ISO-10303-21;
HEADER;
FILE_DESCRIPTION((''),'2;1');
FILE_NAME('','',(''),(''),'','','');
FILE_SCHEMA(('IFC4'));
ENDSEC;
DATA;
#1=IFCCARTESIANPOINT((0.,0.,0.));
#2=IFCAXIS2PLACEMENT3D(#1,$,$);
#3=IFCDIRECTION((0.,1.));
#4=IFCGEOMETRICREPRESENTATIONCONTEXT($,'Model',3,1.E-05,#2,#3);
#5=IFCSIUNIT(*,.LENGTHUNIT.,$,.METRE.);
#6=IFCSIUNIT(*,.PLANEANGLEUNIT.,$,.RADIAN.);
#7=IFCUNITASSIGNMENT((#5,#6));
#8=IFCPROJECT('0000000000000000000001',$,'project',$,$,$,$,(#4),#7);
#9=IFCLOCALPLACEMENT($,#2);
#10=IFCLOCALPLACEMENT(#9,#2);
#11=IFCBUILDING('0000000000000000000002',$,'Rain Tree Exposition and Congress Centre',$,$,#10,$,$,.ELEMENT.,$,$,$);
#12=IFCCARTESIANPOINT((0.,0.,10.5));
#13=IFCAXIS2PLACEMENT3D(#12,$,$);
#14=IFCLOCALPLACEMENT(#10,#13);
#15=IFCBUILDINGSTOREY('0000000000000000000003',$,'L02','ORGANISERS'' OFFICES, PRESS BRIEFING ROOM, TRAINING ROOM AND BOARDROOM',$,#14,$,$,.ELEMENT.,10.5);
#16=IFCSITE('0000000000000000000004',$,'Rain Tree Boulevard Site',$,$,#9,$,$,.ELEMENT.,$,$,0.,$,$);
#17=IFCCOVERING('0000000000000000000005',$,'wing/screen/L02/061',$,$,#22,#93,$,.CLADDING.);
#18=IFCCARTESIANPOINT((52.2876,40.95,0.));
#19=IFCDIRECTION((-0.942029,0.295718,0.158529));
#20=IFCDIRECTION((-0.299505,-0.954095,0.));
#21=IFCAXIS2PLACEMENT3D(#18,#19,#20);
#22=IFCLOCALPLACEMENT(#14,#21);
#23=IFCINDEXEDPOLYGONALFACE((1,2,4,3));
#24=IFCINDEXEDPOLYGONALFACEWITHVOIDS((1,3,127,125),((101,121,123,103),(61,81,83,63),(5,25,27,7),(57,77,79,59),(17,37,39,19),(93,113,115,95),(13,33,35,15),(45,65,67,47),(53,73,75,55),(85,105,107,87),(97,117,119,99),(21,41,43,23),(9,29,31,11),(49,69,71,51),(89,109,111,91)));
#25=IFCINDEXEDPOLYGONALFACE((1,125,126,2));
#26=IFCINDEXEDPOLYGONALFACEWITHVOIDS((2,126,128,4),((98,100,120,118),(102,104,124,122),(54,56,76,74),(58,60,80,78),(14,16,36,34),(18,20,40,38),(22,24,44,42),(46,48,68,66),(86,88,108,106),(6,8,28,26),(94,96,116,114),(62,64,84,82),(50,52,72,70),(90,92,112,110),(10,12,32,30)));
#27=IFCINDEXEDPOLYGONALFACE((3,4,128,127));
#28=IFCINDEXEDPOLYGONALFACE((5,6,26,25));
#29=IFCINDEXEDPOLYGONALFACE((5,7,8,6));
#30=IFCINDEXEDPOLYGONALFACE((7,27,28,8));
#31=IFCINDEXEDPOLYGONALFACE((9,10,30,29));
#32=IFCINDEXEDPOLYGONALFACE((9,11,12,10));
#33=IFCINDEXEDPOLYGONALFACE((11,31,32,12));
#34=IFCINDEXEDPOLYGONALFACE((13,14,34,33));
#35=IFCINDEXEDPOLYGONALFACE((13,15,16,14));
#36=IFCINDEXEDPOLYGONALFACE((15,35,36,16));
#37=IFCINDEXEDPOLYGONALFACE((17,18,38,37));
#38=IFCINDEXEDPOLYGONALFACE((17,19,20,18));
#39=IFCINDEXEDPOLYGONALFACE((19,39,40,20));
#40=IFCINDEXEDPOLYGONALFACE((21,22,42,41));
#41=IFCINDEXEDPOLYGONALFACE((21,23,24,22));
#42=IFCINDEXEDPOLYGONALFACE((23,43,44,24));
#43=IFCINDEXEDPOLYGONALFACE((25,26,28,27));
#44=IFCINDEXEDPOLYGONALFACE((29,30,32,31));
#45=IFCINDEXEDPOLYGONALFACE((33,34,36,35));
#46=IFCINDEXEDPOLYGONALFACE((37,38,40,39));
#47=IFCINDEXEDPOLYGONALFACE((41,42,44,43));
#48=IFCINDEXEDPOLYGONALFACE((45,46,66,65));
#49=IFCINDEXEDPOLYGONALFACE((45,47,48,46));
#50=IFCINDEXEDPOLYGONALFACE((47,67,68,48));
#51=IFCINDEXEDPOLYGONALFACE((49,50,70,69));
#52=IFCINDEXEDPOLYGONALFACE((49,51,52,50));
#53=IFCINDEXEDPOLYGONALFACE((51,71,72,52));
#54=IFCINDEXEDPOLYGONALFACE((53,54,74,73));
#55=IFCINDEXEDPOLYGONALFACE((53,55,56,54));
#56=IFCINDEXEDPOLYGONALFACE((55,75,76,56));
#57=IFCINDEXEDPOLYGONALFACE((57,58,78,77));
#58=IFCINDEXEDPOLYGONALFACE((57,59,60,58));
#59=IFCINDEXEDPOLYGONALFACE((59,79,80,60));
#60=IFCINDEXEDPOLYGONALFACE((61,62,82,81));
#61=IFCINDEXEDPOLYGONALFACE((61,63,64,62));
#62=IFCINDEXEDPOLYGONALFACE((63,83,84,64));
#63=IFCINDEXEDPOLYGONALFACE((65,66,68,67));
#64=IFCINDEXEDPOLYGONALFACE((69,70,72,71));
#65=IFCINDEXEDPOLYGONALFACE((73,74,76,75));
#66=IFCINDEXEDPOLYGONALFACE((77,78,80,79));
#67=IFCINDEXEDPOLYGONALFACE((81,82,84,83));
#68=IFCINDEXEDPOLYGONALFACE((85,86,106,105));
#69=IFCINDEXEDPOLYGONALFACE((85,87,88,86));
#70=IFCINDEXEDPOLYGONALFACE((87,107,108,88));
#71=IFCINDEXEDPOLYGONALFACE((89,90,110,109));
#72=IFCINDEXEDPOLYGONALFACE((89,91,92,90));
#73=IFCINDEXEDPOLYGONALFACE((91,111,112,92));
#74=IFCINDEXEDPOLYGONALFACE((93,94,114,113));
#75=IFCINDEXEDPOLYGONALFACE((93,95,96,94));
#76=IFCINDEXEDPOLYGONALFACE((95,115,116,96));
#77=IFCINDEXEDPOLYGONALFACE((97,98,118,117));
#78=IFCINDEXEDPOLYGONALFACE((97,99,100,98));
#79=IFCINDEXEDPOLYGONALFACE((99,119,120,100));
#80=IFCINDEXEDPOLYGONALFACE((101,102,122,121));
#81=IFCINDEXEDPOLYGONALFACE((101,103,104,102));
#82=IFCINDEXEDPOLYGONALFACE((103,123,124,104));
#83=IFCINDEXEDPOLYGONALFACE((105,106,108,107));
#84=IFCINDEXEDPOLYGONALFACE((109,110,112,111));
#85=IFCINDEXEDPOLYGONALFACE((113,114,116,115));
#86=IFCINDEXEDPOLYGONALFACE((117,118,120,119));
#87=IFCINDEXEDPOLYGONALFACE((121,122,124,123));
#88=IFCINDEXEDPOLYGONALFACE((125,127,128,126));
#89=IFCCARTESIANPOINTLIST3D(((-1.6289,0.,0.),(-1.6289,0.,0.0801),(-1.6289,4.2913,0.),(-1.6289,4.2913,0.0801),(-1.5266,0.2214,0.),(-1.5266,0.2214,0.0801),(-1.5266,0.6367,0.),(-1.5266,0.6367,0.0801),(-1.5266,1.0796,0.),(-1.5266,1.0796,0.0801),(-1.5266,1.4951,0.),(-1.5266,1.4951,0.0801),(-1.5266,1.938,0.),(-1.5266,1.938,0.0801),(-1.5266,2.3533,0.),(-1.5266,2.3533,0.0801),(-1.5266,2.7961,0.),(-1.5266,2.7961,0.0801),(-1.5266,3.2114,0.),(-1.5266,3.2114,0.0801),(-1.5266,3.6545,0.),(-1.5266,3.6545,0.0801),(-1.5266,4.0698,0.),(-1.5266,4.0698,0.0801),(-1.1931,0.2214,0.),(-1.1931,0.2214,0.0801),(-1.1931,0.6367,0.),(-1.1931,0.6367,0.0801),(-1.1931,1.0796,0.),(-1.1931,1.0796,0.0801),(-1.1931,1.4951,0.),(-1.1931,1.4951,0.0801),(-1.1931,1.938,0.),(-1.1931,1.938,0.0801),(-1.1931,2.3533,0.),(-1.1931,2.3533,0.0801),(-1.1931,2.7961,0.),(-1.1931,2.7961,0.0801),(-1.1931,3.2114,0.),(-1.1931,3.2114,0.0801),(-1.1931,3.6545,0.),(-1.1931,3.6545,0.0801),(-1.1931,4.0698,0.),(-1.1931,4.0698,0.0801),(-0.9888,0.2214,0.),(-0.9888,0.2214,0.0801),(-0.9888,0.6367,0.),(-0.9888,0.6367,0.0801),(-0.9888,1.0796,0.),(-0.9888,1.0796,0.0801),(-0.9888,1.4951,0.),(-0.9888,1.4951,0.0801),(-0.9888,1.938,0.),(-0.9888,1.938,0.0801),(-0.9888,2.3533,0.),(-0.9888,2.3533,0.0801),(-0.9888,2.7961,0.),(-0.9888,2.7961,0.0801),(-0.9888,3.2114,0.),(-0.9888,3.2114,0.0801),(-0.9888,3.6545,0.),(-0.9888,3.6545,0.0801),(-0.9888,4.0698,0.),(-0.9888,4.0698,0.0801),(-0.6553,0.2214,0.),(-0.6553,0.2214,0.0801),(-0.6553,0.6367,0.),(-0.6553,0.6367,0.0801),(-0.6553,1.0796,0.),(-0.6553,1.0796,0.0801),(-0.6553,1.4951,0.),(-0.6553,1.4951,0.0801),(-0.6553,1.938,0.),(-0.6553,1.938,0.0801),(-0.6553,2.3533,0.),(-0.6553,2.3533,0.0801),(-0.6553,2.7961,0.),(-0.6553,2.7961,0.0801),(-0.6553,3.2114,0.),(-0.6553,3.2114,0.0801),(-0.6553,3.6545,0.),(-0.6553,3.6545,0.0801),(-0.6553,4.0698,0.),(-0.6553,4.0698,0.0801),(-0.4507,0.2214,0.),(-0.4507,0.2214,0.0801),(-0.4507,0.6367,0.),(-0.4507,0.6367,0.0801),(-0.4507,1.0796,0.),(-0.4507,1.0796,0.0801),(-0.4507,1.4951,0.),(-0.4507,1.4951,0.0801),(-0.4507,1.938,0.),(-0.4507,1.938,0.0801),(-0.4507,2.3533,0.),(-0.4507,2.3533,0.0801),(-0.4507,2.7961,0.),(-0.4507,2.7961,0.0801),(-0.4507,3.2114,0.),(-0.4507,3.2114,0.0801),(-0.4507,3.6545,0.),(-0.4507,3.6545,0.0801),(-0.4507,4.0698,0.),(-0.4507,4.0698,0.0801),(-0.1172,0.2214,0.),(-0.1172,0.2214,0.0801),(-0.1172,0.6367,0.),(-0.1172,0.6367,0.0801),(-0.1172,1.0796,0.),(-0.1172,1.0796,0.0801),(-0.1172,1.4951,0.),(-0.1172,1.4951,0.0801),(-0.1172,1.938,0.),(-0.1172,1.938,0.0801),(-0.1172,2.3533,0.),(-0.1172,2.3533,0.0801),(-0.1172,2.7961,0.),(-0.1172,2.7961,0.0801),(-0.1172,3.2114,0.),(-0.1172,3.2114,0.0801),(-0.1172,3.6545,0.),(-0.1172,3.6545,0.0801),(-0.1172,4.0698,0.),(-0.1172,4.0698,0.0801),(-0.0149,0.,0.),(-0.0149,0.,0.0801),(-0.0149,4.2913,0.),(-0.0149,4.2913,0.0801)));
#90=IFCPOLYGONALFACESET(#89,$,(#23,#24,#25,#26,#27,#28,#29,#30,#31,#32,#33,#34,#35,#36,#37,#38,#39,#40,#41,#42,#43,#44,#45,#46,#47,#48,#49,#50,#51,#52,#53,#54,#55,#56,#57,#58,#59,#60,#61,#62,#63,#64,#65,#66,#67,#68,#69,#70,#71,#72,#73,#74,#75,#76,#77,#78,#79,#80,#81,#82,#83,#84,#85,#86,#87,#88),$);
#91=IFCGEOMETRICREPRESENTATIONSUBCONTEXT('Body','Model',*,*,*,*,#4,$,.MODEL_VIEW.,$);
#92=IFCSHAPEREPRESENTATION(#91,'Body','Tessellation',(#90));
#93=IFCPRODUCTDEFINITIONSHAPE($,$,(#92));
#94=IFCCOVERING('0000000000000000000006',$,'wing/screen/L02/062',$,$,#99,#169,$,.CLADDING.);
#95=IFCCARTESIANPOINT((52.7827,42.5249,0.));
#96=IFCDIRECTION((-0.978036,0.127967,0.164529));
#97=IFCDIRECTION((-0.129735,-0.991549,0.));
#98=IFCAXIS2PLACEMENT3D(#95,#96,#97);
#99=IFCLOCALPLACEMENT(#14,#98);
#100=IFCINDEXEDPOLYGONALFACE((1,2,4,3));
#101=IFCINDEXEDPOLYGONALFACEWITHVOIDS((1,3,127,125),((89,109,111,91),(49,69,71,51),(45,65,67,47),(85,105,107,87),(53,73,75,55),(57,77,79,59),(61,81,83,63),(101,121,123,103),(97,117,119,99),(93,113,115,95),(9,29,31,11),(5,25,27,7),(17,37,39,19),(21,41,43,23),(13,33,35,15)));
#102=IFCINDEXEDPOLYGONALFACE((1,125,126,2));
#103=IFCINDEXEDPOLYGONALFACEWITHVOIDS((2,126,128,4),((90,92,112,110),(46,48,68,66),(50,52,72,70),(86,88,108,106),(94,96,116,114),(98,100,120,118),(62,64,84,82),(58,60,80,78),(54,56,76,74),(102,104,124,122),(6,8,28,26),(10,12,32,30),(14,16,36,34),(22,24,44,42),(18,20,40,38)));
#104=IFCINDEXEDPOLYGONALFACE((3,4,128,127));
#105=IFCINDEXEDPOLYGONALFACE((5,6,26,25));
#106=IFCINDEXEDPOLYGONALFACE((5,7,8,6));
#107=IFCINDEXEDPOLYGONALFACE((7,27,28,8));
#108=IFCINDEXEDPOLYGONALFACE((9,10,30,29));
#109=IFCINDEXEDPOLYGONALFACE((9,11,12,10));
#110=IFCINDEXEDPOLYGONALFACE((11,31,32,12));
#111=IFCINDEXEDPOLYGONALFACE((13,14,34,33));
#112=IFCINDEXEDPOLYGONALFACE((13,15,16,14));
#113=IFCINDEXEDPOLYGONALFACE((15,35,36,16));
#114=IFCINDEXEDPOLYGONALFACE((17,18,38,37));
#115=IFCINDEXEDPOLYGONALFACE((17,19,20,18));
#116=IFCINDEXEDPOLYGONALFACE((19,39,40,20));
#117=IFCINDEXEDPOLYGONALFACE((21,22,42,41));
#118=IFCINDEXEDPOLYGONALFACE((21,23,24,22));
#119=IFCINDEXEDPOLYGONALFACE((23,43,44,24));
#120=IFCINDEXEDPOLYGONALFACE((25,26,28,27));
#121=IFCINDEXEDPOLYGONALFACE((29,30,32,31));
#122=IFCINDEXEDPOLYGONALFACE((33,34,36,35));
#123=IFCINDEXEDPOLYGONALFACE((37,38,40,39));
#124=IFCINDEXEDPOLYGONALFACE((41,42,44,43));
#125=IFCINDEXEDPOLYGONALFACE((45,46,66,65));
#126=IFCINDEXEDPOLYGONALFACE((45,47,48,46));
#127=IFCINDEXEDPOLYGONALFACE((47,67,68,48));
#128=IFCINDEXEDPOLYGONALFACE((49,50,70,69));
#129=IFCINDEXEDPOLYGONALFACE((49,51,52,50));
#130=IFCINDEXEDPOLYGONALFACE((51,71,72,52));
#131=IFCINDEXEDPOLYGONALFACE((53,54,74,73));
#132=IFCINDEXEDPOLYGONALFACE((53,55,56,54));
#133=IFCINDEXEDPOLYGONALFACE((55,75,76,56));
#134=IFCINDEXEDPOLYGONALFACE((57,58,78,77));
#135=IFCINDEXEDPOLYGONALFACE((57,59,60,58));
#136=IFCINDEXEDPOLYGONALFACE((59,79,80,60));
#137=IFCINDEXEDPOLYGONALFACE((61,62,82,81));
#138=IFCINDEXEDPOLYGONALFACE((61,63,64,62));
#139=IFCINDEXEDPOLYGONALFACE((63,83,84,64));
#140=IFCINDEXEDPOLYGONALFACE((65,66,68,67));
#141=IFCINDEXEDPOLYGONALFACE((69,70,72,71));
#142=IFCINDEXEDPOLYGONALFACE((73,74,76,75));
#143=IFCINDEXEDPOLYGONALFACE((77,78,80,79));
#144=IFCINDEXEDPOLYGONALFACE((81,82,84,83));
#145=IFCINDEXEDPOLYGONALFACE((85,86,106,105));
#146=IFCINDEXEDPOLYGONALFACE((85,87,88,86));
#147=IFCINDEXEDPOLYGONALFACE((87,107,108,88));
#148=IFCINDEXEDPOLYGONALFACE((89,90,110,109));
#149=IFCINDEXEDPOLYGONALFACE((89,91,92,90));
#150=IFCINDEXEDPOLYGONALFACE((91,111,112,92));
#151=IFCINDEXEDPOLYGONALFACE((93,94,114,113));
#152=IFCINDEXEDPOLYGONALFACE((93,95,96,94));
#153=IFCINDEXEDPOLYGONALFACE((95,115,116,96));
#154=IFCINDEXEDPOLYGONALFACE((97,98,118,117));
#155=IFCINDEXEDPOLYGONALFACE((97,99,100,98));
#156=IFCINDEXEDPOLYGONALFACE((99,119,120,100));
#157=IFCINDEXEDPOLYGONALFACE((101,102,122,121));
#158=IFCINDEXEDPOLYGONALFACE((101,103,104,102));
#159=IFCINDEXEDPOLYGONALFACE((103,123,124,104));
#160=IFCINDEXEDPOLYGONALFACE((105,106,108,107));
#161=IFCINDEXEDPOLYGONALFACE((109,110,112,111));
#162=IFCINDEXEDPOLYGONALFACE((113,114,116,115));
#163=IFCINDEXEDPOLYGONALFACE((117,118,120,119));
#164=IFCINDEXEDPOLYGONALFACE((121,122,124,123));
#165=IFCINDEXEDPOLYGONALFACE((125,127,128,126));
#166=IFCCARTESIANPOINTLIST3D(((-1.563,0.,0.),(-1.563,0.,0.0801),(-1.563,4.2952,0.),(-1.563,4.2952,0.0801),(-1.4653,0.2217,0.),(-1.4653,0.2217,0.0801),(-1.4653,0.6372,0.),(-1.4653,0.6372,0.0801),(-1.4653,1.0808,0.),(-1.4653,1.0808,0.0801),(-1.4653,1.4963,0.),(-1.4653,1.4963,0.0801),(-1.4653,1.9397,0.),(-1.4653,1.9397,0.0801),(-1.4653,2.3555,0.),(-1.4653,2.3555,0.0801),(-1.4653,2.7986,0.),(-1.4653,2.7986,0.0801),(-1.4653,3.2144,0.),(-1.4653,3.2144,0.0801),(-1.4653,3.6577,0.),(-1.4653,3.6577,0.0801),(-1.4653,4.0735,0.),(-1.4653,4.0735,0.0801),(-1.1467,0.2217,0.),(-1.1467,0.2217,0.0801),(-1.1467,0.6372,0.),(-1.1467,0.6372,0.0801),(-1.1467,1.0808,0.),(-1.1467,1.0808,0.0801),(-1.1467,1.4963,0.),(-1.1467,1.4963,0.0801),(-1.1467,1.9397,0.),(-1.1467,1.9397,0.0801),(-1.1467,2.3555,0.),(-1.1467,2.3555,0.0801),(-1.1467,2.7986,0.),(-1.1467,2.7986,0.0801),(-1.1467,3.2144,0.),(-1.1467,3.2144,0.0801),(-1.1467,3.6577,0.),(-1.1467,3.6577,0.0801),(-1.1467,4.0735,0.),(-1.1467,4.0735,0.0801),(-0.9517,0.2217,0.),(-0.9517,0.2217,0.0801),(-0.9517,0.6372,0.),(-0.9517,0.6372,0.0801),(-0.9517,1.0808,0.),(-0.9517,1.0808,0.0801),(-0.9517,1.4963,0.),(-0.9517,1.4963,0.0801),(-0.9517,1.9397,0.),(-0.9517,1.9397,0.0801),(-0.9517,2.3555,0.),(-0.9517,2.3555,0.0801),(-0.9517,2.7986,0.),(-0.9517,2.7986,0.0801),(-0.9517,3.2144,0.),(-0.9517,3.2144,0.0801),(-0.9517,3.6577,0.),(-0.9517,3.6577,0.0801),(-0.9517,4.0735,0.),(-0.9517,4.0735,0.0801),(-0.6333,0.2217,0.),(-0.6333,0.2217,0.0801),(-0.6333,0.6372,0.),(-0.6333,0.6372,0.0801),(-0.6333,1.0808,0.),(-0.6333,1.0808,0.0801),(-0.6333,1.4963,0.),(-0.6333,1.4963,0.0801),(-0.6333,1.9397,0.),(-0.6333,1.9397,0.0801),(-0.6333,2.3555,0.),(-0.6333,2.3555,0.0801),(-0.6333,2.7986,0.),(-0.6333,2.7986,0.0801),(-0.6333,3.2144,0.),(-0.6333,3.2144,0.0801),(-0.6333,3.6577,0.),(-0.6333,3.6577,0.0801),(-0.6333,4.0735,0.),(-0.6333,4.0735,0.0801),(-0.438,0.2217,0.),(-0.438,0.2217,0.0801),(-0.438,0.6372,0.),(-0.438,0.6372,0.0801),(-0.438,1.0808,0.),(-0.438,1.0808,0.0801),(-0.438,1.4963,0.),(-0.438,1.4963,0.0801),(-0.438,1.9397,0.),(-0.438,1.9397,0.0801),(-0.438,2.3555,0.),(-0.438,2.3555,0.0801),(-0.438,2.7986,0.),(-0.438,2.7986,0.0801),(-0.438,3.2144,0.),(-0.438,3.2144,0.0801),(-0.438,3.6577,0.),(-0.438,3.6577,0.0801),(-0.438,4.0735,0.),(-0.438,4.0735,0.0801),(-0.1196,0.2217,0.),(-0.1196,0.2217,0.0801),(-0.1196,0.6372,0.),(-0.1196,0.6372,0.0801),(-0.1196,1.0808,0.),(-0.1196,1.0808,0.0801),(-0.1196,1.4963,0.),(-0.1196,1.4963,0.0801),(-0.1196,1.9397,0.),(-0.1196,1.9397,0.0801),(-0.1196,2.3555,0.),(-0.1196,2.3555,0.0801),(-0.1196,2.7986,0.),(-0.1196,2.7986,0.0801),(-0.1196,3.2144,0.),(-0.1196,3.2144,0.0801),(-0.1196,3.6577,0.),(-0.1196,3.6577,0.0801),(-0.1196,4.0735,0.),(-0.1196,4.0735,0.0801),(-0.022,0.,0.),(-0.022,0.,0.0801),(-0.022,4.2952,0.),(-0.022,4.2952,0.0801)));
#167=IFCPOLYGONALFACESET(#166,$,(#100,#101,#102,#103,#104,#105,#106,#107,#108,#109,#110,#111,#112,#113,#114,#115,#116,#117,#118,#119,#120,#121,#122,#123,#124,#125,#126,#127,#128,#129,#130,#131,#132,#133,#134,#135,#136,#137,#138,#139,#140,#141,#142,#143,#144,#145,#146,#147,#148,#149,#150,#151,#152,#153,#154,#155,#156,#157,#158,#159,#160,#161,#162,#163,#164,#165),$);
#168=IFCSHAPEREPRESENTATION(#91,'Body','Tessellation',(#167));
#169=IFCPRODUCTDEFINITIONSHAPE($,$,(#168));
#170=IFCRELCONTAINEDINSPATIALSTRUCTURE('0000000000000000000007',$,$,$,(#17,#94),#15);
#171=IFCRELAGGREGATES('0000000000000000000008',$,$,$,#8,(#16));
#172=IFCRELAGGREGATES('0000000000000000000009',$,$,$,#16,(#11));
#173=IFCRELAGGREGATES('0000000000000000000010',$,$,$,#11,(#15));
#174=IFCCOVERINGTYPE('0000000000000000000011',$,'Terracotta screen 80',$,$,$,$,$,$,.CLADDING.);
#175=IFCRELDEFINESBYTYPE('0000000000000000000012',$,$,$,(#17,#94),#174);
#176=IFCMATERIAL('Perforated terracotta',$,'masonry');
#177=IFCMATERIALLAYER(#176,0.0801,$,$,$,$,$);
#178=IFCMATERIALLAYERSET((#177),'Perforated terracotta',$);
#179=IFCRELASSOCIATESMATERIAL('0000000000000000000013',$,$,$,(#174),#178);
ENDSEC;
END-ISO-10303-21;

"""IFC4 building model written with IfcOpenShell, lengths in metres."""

from ifc_helpers import new_model, si_unit, direction, frame, origin, place, context, subcontext, project, spatial, polyline, outline, extrude, material, layer, layer_set, type_object, element, save


model = new_model("IFC4")

# Units and contexts
model_context = context("Model", 3, precision=1e-05, world=origin(), true_north=direction((0.0, 1.0)))
body_context = subcontext(model_context, "Body", "Model", "MODEL_VIEW")
ifc_project = project(units=[si_unit("LENGTHUNIT", "METRE"), si_unit("PLANEANGLEUNIT", "RADIAN")], contexts=[model_context])

# Site, building, storey
site_placement = place(None, origin())
site = spatial("IfcSite", under=ifc_project, at=site_placement, Name="Rain Tree Boulevard Site", CompositionType="ELEMENT", RefElevation=0.0)
building_placement = place(site_placement, origin())
building = spatial("IfcBuilding", under=site, at=building_placement, Name="Rain Tree Exposition and Congress Centre", CompositionType="ELEMENT")
storey_placement = place(building_placement, frame((0.0, 0.0, 10.5)))
storey = spatial("IfcBuildingStorey", under=building, at=storey_placement, Name="L02", Description="ORGANISERS' OFFICES, PRESS BRIEFING ROOM, TRAINING ROOM AND BOARDROOM", CompositionType="ELEMENT", Elevation=10.5)

# Coverings
ifc_material_1 = material(Name="Perforated terracotta", Category="masonry")
ifc_layer_1 = layer(ifc_material_1, 0.0801)
ifc_layer_set_1 = layer_set([ifc_layer_1], Name="Perforated terracotta")
covering_type = type_object("IfcCoveringType", Name="Terracotta screen 80", PredefinedType="CLADDING", material=ifc_layer_set_1)
covering_1_placement = place(storey_placement, frame((52.2876, 40.95, 0.0), z_axis=(-0.942029, 0.295718, 0.158529), x_axis=(-0.299505, -0.954095, 0.0)))
element("IfcCovering", 1, at=covering_1_placement, inside=storey, type_object=covering_type, Name="wing/screen/L02/061", PredefinedType="CLADDING", context=body_context, shape_type="SweptSolid", body=[
    extrude(outline(polyline([(-1.6289, 0.0), (-1.6289, 4.2913), (-0.0149, 4.2913), (-0.0149, 0.0), (-1.6289, 0.0)]), holes=[polyline([(-0.1172, 0.2214), (-0.1172, 0.6367), (-0.4507, 0.6367), (-0.4507, 0.2214), (-0.1172, 0.2214)]), polyline([(-0.1172, 1.0796), (-0.1172, 1.4951), (-0.4507, 1.4951), (-0.4507, 1.0796), (-0.1172, 1.0796)]), polyline([(-0.1172, 1.938), (-0.1172, 2.3533), (-0.4507, 2.3533), (-0.4507, 1.938), (-0.1172, 1.938)]), polyline([(-0.1172, 2.7961), (-0.1172, 3.2114), (-0.4507, 3.2114), (-0.4507, 2.7961), (-0.1172, 2.7961)]), polyline([(-0.1172, 3.6545), (-0.1172, 4.0698), (-0.4507, 4.0698), (-0.4507, 3.6545), (-0.1172, 3.6545)]), polyline([(-0.6553, 0.2214), (-0.6553, 0.6367), (-0.9888, 0.6367), (-0.9888, 0.2214), (-0.6553, 0.2214)]), polyline([(-0.6553, 1.0796), (-0.6553, 1.4951), (-0.9888, 1.4951), (-0.9888, 1.0796), (-0.6553, 1.0796)]), polyline([(-0.6553, 1.938), (-0.6553, 2.3533), (-0.9888, 2.3533), (-0.9888, 1.938), (-0.6553, 1.938)]), polyline([(-0.6553, 2.7961), (-0.6553, 3.2114), (-0.9888, 3.2114), (-0.9888, 2.7961), (-0.6553, 2.7961)]), polyline([(-0.6553, 3.6545), (-0.6553, 4.0698), (-0.9888, 4.0698), (-0.9888, 3.6545), (-0.6553, 3.6545)]), polyline([(-1.1931, 0.2214), (-1.1931, 0.6367), (-1.5266, 0.6367), (-1.5266, 0.2214), (-1.1931, 0.2214)]), polyline([(-1.1931, 1.0796), (-1.1931, 1.4951), (-1.5266, 1.4951), (-1.5266, 1.0796), (-1.1931, 1.0796)]), polyline([(-1.1931, 1.938), (-1.1931, 2.3533), (-1.5266, 2.3533), (-1.5266, 1.938), (-1.1931, 1.938)]), polyline([(-1.1931, 2.7961), (-1.1931, 3.2114), (-1.5266, 3.2114), (-1.5266, 2.7961), (-1.1931, 2.7961)]), polyline([(-1.1931, 3.6545), (-1.1931, 4.0698), (-1.5266, 4.0698), (-1.5266, 3.6545), (-1.1931, 3.6545)])]), origin(), (0.0, 0.0, 1.0), 0.0801),
])
covering_2_placement = place(storey_placement, frame((52.7827, 42.5249, 0.0), z_axis=(-0.978036, 0.127967, 0.164529), x_axis=(-0.129735, -0.991549, 0.0)))
element("IfcCovering", 2, at=covering_2_placement, inside=storey, type_object=covering_type, Name="wing/screen/L02/062", PredefinedType="CLADDING", context=body_context, shape_type="SweptSolid", body=[
    extrude(outline(polyline([(-1.563, 0.0), (-1.563, 4.2952), (-0.022, 4.2952), (-0.022, 0.0), (-1.563, 0.0)]), holes=[polyline([(-0.1196, 0.2217), (-0.1196, 0.6372), (-0.438, 0.6372), (-0.438, 0.2217), (-0.1196, 0.2217)]), polyline([(-0.1196, 1.0808), (-0.1196, 1.4963), (-0.438, 1.4963), (-0.438, 1.0808), (-0.1196, 1.0808)]), polyline([(-0.1196, 1.9397), (-0.1196, 2.3555), (-0.438, 2.3555), (-0.438, 1.9397), (-0.1196, 1.9397)]), polyline([(-0.1196, 2.7986), (-0.1196, 3.2144), (-0.438, 3.2144), (-0.438, 2.7986), (-0.1196, 2.7986)]), polyline([(-0.1196, 3.6577), (-0.1196, 4.0735), (-0.438, 4.0735), (-0.438, 3.6577), (-0.1196, 3.6577)]), polyline([(-0.6333, 0.2217), (-0.6333, 0.6372), (-0.9517, 0.6372), (-0.9517, 0.2217), (-0.6333, 0.2217)]), polyline([(-0.6333, 1.0808), (-0.6333, 1.4963), (-0.9517, 1.4963), (-0.9517, 1.0808), (-0.6333, 1.0808)]), polyline([(-0.6333, 1.9397), (-0.6333, 2.3555), (-0.9517, 2.3555), (-0.9517, 1.9397), (-0.6333, 1.9397)]), polyline([(-0.6333, 2.7986), (-0.6333, 3.2144), (-0.9517, 3.2144), (-0.9517, 2.7986), (-0.6333, 2.7986)]), polyline([(-0.6333, 3.6577), (-0.6333, 4.0735), (-0.9517, 4.0735), (-0.9517, 3.6577), (-0.6333, 3.6577)]), polyline([(-1.1467, 0.2217), (-1.1467, 0.6372), (-1.4653, 0.6372), (-1.4653, 0.2217), (-1.1467, 0.2217)]), polyline([(-1.1467, 1.0808), (-1.1467, 1.4963), (-1.4653, 1.4963), (-1.4653, 1.0808), (-1.1467, 1.0808)]), polyline([(-1.1467, 1.9397), (-1.1467, 2.3555), (-1.4653, 2.3555), (-1.4653, 1.9397), (-1.1467, 1.9397)]), polyline([(-1.1467, 2.7986), (-1.1467, 3.2144), (-1.4653, 3.2144), (-1.4653, 2.7986), (-1.1467, 2.7986)]), polyline([(-1.1467, 3.6577), (-1.1467, 4.0735), (-1.4653, 4.0735), (-1.4653, 3.6577), (-1.1467, 3.6577)])]), origin(), (0.0, 0.0, 1.0), 0.0801),
])

save(model, "model.ifc")
